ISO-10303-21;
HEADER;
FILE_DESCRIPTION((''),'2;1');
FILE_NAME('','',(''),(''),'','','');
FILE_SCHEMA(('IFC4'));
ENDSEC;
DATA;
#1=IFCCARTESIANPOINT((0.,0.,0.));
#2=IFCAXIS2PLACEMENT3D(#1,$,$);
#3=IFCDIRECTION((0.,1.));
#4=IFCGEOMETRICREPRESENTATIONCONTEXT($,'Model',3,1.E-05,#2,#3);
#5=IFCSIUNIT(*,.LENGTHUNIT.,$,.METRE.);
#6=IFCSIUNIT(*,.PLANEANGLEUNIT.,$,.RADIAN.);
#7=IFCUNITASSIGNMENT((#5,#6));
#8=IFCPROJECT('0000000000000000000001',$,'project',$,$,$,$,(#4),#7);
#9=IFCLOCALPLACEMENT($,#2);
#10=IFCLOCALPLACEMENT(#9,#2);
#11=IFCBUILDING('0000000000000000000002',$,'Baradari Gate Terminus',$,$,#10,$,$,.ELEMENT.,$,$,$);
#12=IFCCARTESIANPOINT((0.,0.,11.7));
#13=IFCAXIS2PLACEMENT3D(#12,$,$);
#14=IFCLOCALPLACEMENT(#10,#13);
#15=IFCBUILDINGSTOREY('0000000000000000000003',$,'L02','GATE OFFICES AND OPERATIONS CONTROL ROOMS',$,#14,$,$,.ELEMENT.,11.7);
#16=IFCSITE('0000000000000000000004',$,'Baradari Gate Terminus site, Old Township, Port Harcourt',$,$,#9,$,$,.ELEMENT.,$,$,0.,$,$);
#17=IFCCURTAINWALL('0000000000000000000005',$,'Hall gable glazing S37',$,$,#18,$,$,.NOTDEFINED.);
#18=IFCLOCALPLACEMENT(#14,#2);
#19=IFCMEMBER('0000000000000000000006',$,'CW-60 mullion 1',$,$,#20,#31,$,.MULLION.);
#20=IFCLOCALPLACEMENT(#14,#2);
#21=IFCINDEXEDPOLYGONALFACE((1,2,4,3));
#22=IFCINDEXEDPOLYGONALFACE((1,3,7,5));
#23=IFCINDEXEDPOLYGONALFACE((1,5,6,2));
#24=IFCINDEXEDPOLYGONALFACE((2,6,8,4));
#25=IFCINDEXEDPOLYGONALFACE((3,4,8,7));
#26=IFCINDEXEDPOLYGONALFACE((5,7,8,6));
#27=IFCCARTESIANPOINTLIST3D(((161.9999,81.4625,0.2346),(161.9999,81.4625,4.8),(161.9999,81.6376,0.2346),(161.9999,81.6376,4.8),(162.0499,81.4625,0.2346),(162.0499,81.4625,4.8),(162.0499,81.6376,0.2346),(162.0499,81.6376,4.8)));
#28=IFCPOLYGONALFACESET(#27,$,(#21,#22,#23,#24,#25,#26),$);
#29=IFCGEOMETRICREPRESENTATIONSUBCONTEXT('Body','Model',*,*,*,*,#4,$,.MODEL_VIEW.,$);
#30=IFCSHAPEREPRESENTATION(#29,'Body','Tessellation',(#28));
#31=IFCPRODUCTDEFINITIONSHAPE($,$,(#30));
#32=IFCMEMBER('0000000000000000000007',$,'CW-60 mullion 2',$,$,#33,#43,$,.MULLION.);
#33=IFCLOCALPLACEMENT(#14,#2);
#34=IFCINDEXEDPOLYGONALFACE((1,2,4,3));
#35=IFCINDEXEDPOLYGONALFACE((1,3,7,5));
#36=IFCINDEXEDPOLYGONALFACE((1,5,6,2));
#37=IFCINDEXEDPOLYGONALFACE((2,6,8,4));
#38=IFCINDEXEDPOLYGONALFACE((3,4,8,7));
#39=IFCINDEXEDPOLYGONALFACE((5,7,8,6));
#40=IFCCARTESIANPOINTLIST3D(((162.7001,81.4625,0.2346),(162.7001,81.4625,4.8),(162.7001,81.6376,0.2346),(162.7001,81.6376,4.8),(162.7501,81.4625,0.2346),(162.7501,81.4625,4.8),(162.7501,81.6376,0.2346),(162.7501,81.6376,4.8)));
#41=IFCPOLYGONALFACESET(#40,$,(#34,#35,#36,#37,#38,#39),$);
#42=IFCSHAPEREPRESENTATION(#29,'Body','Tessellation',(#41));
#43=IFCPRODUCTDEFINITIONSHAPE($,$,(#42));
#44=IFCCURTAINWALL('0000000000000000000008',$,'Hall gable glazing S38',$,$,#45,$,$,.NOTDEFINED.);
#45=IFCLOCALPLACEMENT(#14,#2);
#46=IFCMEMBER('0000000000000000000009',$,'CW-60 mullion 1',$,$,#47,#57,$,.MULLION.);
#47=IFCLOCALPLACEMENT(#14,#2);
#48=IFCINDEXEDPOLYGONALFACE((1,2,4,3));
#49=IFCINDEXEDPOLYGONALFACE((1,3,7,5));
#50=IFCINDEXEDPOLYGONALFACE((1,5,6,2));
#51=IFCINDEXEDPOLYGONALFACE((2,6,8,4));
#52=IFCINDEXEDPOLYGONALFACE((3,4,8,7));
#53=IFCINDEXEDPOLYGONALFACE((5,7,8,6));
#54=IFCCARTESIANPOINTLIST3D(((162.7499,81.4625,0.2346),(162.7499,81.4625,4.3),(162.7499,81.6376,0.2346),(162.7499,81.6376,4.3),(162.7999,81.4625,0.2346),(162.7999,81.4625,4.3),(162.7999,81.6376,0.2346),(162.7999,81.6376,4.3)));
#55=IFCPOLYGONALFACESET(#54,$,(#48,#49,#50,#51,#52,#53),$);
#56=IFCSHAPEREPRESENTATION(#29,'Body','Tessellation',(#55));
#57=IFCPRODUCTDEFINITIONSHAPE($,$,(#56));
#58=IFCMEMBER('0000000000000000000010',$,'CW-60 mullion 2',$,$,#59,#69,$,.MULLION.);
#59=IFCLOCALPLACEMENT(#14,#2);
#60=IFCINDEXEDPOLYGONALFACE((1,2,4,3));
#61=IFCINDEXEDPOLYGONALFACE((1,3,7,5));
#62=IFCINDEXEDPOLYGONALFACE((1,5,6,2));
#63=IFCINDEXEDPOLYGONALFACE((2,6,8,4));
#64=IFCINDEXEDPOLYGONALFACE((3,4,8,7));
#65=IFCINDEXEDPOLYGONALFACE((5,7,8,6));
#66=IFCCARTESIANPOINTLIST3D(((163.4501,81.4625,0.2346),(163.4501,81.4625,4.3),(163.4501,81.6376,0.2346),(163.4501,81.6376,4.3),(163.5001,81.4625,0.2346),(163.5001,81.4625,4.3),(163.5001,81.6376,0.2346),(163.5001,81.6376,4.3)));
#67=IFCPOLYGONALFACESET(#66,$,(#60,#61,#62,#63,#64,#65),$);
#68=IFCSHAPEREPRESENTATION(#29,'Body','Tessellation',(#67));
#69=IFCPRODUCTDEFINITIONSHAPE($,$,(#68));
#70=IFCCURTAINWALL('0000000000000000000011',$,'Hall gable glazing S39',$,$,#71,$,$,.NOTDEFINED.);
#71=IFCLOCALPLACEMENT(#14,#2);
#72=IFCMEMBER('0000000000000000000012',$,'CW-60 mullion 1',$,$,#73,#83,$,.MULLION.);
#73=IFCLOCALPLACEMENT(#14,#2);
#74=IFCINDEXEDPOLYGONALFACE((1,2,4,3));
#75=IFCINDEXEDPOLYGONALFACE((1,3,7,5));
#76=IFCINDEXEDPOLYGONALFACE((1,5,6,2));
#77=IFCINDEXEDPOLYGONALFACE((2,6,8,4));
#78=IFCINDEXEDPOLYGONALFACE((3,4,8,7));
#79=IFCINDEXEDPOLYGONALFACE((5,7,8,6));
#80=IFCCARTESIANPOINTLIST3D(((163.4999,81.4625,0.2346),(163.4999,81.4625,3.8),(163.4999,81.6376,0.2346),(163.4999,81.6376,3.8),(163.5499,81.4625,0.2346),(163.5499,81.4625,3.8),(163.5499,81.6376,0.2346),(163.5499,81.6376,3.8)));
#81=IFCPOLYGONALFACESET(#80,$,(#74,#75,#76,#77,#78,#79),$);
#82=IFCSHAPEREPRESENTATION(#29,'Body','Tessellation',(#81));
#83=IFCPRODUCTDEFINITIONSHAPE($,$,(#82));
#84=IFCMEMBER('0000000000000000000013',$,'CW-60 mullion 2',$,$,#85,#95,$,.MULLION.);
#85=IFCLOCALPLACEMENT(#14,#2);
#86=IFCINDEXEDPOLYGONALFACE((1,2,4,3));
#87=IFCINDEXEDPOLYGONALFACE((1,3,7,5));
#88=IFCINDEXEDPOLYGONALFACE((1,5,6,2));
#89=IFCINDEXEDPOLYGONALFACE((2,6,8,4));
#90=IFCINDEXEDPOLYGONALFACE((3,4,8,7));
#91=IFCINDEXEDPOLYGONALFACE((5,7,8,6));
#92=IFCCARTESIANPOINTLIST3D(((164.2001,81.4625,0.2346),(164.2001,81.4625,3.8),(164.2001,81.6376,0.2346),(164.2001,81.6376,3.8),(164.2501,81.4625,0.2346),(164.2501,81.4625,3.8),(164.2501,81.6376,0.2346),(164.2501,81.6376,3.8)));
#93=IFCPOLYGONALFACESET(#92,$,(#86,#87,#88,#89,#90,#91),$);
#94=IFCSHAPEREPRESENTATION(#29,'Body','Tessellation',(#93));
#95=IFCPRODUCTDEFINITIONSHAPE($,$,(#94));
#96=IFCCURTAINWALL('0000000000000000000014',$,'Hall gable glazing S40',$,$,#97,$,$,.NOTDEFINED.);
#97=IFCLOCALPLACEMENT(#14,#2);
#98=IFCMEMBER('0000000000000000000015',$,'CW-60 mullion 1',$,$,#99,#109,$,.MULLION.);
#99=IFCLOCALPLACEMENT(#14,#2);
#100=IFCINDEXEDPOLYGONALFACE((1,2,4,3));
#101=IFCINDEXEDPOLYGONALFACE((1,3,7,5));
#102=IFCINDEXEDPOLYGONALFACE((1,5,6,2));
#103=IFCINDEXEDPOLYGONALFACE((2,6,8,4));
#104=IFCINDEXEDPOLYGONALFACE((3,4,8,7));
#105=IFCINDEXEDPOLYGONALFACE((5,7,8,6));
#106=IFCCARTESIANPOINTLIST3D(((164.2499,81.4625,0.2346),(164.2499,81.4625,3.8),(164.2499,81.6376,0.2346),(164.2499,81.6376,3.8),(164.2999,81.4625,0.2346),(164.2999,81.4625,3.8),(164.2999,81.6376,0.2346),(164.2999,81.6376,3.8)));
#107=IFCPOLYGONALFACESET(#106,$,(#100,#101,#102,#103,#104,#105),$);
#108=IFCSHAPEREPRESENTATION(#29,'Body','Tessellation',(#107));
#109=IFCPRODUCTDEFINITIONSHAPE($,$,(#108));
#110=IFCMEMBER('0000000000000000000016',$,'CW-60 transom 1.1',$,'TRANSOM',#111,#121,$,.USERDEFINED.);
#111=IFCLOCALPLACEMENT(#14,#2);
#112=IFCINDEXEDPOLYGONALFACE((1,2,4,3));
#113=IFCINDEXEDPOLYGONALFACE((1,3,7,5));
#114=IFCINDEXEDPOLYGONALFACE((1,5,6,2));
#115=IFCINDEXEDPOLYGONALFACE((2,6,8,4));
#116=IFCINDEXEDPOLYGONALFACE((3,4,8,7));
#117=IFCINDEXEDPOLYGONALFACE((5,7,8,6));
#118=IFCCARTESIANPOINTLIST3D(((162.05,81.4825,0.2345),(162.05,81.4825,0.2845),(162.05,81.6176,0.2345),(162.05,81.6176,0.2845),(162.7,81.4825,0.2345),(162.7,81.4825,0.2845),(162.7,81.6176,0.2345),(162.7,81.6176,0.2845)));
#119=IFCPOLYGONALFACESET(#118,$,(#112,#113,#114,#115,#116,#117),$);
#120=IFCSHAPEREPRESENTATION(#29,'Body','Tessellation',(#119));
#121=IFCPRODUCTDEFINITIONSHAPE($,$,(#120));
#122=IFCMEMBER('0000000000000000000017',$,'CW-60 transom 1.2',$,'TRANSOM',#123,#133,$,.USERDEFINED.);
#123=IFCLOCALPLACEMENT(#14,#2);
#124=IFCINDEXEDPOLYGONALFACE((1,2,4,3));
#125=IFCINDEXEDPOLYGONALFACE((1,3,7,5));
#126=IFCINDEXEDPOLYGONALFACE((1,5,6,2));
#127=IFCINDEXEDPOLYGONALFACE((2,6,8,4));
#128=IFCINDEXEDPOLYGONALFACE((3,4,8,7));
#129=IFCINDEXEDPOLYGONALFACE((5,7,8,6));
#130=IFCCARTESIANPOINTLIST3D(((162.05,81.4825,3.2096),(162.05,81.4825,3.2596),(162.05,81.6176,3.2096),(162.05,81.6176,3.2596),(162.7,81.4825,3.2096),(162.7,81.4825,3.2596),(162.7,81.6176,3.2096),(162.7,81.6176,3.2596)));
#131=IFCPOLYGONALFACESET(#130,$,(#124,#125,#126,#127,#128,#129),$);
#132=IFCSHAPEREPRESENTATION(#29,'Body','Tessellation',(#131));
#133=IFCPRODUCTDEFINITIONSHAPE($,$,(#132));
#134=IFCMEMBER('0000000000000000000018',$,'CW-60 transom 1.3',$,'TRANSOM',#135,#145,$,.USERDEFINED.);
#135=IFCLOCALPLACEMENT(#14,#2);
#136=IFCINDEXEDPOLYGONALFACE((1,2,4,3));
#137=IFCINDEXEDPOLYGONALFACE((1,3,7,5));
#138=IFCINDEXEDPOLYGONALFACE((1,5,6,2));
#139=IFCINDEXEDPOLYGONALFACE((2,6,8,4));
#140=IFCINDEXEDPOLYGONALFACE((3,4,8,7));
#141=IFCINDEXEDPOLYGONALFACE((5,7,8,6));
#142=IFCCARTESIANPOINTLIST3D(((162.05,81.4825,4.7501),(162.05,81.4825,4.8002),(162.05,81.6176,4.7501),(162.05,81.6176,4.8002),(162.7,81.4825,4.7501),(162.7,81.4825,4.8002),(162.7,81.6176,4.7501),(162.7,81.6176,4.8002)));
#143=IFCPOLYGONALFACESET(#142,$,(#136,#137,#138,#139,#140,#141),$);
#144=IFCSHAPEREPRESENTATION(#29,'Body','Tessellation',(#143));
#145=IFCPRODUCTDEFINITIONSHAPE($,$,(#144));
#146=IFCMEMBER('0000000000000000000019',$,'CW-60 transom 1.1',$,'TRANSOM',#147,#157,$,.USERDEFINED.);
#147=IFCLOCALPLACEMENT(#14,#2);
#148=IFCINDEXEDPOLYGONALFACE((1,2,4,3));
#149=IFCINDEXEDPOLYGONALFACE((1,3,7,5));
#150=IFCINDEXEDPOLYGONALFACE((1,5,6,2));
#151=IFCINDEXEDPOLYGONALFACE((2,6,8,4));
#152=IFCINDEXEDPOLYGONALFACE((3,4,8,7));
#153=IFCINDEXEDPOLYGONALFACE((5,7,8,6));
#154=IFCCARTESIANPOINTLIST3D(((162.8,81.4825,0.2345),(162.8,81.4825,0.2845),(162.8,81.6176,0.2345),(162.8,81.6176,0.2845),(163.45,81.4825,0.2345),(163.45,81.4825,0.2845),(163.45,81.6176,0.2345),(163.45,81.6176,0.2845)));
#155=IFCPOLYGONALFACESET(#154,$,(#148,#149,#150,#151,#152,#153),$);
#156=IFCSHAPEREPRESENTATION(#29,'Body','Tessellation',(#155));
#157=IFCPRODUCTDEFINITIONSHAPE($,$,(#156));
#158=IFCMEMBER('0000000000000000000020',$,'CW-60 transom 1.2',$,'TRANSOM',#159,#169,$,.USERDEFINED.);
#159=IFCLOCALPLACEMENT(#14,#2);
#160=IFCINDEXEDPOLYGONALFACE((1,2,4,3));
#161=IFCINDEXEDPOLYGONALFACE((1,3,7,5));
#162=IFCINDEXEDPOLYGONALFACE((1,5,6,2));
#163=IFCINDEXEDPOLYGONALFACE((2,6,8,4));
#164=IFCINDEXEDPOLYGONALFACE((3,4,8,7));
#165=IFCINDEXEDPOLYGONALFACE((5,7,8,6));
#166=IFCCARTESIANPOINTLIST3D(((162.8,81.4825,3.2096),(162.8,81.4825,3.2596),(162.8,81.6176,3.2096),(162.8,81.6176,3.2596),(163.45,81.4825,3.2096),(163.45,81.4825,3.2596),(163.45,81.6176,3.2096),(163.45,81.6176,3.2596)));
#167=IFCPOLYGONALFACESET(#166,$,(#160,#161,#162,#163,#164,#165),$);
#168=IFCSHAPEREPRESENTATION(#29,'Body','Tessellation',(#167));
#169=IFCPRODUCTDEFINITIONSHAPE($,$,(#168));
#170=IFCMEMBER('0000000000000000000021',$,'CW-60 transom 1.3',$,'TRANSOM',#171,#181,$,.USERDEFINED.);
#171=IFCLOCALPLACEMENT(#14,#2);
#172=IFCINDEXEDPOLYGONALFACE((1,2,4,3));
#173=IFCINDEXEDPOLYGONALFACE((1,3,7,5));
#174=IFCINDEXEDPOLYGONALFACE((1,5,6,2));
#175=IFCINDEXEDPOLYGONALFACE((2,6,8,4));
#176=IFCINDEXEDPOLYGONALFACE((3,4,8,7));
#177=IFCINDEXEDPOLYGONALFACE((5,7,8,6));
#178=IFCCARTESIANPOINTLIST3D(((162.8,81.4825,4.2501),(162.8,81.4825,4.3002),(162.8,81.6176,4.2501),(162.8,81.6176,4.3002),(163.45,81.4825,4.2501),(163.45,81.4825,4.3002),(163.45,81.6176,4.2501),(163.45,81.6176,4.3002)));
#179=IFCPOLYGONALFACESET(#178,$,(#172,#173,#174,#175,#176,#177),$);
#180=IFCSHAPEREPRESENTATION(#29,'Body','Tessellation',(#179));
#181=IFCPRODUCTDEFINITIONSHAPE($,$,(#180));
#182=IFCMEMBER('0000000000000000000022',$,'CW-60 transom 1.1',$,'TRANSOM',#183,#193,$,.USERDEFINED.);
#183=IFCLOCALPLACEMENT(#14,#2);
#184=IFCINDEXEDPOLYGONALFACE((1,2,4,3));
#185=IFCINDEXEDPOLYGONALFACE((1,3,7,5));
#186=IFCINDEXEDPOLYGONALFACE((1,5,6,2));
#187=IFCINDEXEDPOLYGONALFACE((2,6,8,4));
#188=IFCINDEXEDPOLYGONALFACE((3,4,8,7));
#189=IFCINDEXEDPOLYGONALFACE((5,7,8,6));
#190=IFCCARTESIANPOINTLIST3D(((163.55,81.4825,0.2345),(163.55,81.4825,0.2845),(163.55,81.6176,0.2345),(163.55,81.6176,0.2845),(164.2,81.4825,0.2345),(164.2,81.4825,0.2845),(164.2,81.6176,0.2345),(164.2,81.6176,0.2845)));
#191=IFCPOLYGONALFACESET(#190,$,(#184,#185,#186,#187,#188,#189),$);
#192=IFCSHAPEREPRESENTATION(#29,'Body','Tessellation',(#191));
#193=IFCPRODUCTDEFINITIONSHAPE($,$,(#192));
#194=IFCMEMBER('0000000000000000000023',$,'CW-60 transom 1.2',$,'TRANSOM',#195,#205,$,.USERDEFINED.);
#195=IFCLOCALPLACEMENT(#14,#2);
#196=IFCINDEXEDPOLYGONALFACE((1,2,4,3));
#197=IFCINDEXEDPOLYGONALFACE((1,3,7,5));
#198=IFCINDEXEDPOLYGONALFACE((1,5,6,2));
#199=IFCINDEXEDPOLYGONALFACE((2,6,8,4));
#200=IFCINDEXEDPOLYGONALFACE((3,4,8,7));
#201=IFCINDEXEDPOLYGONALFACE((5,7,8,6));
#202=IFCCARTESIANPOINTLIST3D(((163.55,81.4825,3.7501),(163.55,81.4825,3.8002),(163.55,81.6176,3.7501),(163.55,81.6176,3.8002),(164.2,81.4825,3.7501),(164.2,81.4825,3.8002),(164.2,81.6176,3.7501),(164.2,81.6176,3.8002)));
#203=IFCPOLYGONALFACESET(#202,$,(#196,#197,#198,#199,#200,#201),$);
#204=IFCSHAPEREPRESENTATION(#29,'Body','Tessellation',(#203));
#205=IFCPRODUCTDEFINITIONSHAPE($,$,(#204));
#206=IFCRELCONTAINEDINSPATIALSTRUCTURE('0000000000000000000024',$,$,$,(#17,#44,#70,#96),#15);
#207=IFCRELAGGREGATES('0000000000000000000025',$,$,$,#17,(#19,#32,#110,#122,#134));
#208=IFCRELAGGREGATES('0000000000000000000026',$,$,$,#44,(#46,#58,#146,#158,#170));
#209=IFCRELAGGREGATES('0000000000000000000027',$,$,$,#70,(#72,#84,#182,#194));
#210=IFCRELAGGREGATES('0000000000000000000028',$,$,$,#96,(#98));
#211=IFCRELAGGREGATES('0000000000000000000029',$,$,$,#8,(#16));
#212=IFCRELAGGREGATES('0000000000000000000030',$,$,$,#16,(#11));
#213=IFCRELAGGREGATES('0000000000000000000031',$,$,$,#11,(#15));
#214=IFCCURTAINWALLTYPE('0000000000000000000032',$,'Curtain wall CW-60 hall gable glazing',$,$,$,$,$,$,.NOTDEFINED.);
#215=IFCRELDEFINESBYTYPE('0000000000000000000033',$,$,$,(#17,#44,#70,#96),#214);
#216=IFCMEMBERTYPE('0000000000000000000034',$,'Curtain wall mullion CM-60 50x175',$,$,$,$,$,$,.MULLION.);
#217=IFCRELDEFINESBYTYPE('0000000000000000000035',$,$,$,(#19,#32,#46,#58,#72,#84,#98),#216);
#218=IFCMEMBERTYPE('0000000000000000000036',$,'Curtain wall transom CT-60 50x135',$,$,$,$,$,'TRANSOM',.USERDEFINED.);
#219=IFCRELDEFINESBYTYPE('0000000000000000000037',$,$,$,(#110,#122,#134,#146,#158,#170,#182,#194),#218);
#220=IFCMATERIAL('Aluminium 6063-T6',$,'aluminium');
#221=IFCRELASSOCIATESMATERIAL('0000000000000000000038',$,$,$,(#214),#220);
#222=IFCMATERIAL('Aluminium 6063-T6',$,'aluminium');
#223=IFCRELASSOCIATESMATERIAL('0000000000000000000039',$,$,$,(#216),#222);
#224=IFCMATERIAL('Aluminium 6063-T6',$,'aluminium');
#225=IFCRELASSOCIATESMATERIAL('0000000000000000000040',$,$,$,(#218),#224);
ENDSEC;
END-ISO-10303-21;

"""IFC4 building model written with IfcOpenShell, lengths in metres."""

from ifc_helpers import new_model, si_unit, direction, frame, origin, origin_2d, place, context, subcontext, project, spatial, rectangle, extrude, material, material_profile, profile_set, type_object, element, aggregate, save


model = new_model("IFC4")

# Units and contexts
model_context = context("Model", 3, precision=1e-05, world=origin(), true_north=direction((0.0, 1.0)))
body_context = subcontext(model_context, "Body", "Model", "MODEL_VIEW")
ifc_project = project(units=[si_unit("LENGTHUNIT", "METRE"), si_unit("PLANEANGLEUNIT", "RADIAN")], contexts=[model_context])

# Site, building, storey
site_placement = place(None, origin())
site = spatial("IfcSite", under=ifc_project, at=site_placement, Name="Baradari Gate Terminus site, Old Township, Port Harcourt", CompositionType="ELEMENT", RefElevation=0.0)
building_placement = place(site_placement, origin())
building = spatial("IfcBuilding", under=site, at=building_placement, Name="Baradari Gate Terminus", CompositionType="ELEMENT")
storey_placement = place(building_placement, frame((0.0, 0.0, 11.7)))
storey = spatial("IfcBuildingStorey", under=building, at=storey_placement, Name="L02", Description="GATE OFFICES AND OPERATIONS CONTROL ROOMS", CompositionType="ELEMENT", Elevation=11.7)

# Curtain walls, members
ifc_material_1 = material(Name="Aluminium 6063-T6", Category="aluminium")
curtain_wall_type = type_object("IfcCurtainWallType", Name="Curtain wall CW-60 hall gable glazing", PredefinedType="NOTDEFINED", material=ifc_material_1)
curtain_wall_1_placement = place(storey_placement, origin())
curtain_wall_1 = element("IfcCurtainWall", 1, at=curtain_wall_1_placement, inside=storey, type_object=curtain_wall_type, Name="Hall gable glazing S37", PredefinedType="NOTDEFINED")
ifc_material_2 = material(Name="Aluminium 6063-T6", Category="aluminium")
ifc_material_profile_1 = material_profile(ifc_material_2, rectangle(XDim=0.175, YDim=0.05, at=origin_2d()), Name="CM-60 50X175")
ifc_profile_set_1 = profile_set([ifc_material_profile_1], Name="Aluminium 6063-T6")
member_type_1 = type_object("IfcMemberType", Name="Curtain wall mullion CM-60 50x175", PredefinedType="MULLION", material=ifc_profile_set_1)
member_1_placement = place(storey_placement, frame((162.0249, 81.55, 0.2346), z_axis=(0.0, 0.0, 1.0), x_axis=(0.0, 1.0, 0.0)))
member_1 = element("IfcMember", 2, at=member_1_placement, type_object=member_type_1, Name="CW-60 mullion 1", PredefinedType="MULLION", context=body_context, shape_type="SweptSolid", body=[
    extrude(rectangle(XDim=0.175, YDim=0.05, at=origin_2d()), origin(), (0.0, 0.0, 1.0), 4.5654),
])
member_2_placement = place(storey_placement, frame((162.7251, 81.55, 0.2346), z_axis=(0.0, 0.0, 1.0), x_axis=(0.0, 1.0, 0.0)))
member_2 = element("IfcMember", 3, at=member_2_placement, type_object=member_type_1, Name="CW-60 mullion 2", PredefinedType="MULLION", context=body_context, shape_type="SweptSolid", body=[
    extrude(rectangle(XDim=0.175, YDim=0.05, at=origin_2d()), origin(), (0.0, 0.0, 1.0), 4.5654),
])
curtain_wall_2_placement = place(storey_placement, origin())
curtain_wall_2 = element("IfcCurtainWall", 4, at=curtain_wall_2_placement, inside=storey, type_object=curtain_wall_type, Name="Hall gable glazing S38", PredefinedType="NOTDEFINED")
member_3_placement = place(storey_placement, frame((162.7749, 81.55, 0.2346), z_axis=(0.0, 0.0, 1.0), x_axis=(0.0, 1.0, 0.0)))
member_3 = element("IfcMember", 5, at=member_3_placement, type_object=member_type_1, Name="CW-60 mullion 1", PredefinedType="MULLION", context=body_context, shape_type="SweptSolid", body=[
    extrude(rectangle(XDim=0.175, YDim=0.05, at=origin_2d()), origin(), (0.0, 0.0, 1.0), 4.0654),
])
member_4_placement = place(storey_placement, frame((163.4751, 81.55, 0.2346), z_axis=(0.0, 0.0, 1.0), x_axis=(0.0, 1.0, 0.0)))
member_4 = element("IfcMember", 6, at=member_4_placement, type_object=member_type_1, Name="CW-60 mullion 2", PredefinedType="MULLION", context=body_context, shape_type="SweptSolid", body=[
    extrude(rectangle(XDim=0.175, YDim=0.05, at=origin_2d()), origin(), (0.0, 0.0, 1.0), 4.0654),
])
curtain_wall_3_placement = place(storey_placement, origin())
curtain_wall_3 = element("IfcCurtainWall", 7, at=curtain_wall_3_placement, inside=storey, type_object=curtain_wall_type, Name="Hall gable glazing S39", PredefinedType="NOTDEFINED")
member_5_placement = place(storey_placement, frame((163.5249, 81.55, 0.2346), z_axis=(0.0, 0.0, 1.0), x_axis=(0.0, 1.0, 0.0)))
member_5 = element("IfcMember", 8, at=member_5_placement, type_object=member_type_1, Name="CW-60 mullion 1", PredefinedType="MULLION", context=body_context, shape_type="SweptSolid", body=[
    extrude(rectangle(XDim=0.175, YDim=0.05, at=origin_2d()), origin(), (0.0, 0.0, 1.0), 3.5654),
])
member_6_placement = place(storey_placement, frame((164.2251, 81.55, 0.2346), z_axis=(0.0, 0.0, 1.0), x_axis=(0.0, 1.0, 0.0)))
member_6 = element("IfcMember", 9, at=member_6_placement, type_object=member_type_1, Name="CW-60 mullion 2", PredefinedType="MULLION", context=body_context, shape_type="SweptSolid", body=[
    extrude(rectangle(XDim=0.175, YDim=0.05, at=origin_2d()), origin(), (0.0, 0.0, 1.0), 3.5654),
])

# Curtain wall, member
curtain_wall_4_placement = place(storey_placement, origin())
curtain_wall_4 = element("IfcCurtainWall", 10, at=curtain_wall_4_placement, inside=storey, type_object=curtain_wall_type, Name="Hall gable glazing S40", PredefinedType="NOTDEFINED")
member_7_placement = place(storey_placement, frame((164.2749, 81.55, 0.2346), z_axis=(0.0, 0.0, 1.0), x_axis=(0.0, 1.0, 0.0)))
member_7 = element("IfcMember", 11, at=member_7_placement, type_object=member_type_1, Name="CW-60 mullion 1", PredefinedType="MULLION", context=body_context, shape_type="SweptSolid", body=[
    extrude(rectangle(XDim=0.175, YDim=0.05, at=origin_2d()), origin(), (0.0, 0.0, 1.0), 3.5654),
])

# Members
ifc_material_3 = material(Name="Aluminium 6063-T6", Category="aluminium")
ifc_material_profile_2 = material_profile(ifc_material_3, rectangle(XDim=0.135, YDim=0.05, at=origin_2d()), Name="CT-60 50X135")
ifc_profile_set_2 = profile_set([ifc_material_profile_2], Name="Aluminium 6063-T6")
member_type_2 = type_object("IfcMemberType", Name="Curtain wall transom CT-60 50x135", ElementType="TRANSOM", PredefinedType="USERDEFINED", material=ifc_profile_set_2)
member_8_placement = place(storey_placement, frame((162.05, 81.55, 0.2595), z_axis=(1.0, 0.0, 0.0), x_axis=(0.0, 1.0, 0.0)))
member_8 = element("IfcMember", 12, at=member_8_placement, type_object=member_type_2, Name="CW-60 transom 1.1", ObjectType="TRANSOM", PredefinedType="USERDEFINED", context=body_context, shape_type="SweptSolid", body=[
    extrude(rectangle(XDim=0.135, YDim=0.05, at=origin_2d()), origin(), (0.0, 0.0, 1.0), 0.6499),
])
member_9_placement = place(storey_placement, frame((162.05, 81.55, 3.2346), z_axis=(1.0, 0.0, 0.0), x_axis=(0.0, 1.0, 0.0)))
member_9 = element("IfcMember", 13, at=member_9_placement, type_object=member_type_2, Name="CW-60 transom 1.2", ObjectType="TRANSOM", PredefinedType="USERDEFINED", context=body_context, shape_type="SweptSolid", body=[
    extrude(rectangle(XDim=0.135, YDim=0.05, at=origin_2d()), origin(), (0.0, 0.0, 1.0), 0.6499),
])
member_10_placement = place(storey_placement, frame((162.05, 81.55, 4.7751), z_axis=(1.0, 0.0, 0.0), x_axis=(0.0, 1.0, 0.0)))
member_10 = element("IfcMember", 14, at=member_10_placement, type_object=member_type_2, Name="CW-60 transom 1.3", ObjectType="TRANSOM", PredefinedType="USERDEFINED", context=body_context, shape_type="SweptSolid", body=[
    extrude(rectangle(XDim=0.135, YDim=0.05, at=origin_2d()), origin(), (0.0, 0.0, 1.0), 0.6499),
])
member_11_placement = place(storey_placement, frame((162.8, 81.55, 0.2595), z_axis=(1.0, 0.0, 0.0), x_axis=(0.0, 1.0, 0.0)))
member_11 = element("IfcMember", 15, at=member_11_placement, type_object=member_type_2, Name="CW-60 transom 1.1", ObjectType="TRANSOM", PredefinedType="USERDEFINED", context=body_context, shape_type="SweptSolid", body=[
    extrude(rectangle(XDim=0.135, YDim=0.05, at=origin_2d()), origin(), (0.0, 0.0, 1.0), 0.6499),
])
member_12_placement = place(storey_placement, frame((162.8, 81.55, 3.2346), z_axis=(1.0, 0.0, 0.0), x_axis=(0.0, 1.0, 0.0)))
member_12 = element("IfcMember", 16, at=member_12_placement, type_object=member_type_2, Name="CW-60 transom 1.2", ObjectType="TRANSOM", PredefinedType="USERDEFINED", context=body_context, shape_type="SweptSolid", body=[
    extrude(rectangle(XDim=0.135, YDim=0.05, at=origin_2d()), origin(), (0.0, 0.0, 1.0), 0.6499),
])
member_13_placement = place(storey_placement, frame((162.8, 81.55, 4.2751), z_axis=(1.0, 0.0, 0.0), x_axis=(0.0, 1.0, 0.0)))
member_13 = element("IfcMember", 17, at=member_13_placement, type_object=member_type_2, Name="CW-60 transom 1.3", ObjectType="TRANSOM", PredefinedType="USERDEFINED", context=body_context, shape_type="SweptSolid", body=[
    extrude(rectangle(XDim=0.135, YDim=0.05, at=origin_2d()), origin(), (0.0, 0.0, 1.0), 0.6499),
])
member_14_placement = place(storey_placement, frame((163.55, 81.55, 0.2595), z_axis=(1.0, 0.0, 0.0), x_axis=(0.0, 1.0, 0.0)))
member_14 = element("IfcMember", 18, at=member_14_placement, type_object=member_type_2, Name="CW-60 transom 1.1", ObjectType="TRANSOM", PredefinedType="USERDEFINED", context=body_context, shape_type="SweptSolid", body=[
    extrude(rectangle(XDim=0.135, YDim=0.05, at=origin_2d()), origin(), (0.0, 0.0, 1.0), 0.6499),
])
member_15_placement = place(storey_placement, frame((163.55, 81.55, 3.7751), z_axis=(1.0, 0.0, 0.0), x_axis=(0.0, 1.0, 0.0)))
member_15 = element("IfcMember", 19, at=member_15_placement, type_object=member_type_2, Name="CW-60 transom 1.2", ObjectType="TRANSOM", PredefinedType="USERDEFINED", context=body_context, shape_type="SweptSolid", body=[
    extrude(rectangle(XDim=0.135, YDim=0.05, at=origin_2d()), origin(), (0.0, 0.0, 1.0), 0.6499),
])

aggregate(curtain_wall_1, [member_1, member_2, member_8, member_9, member_10])
aggregate(curtain_wall_2, [member_3, member_4, member_11, member_12, member_13])
aggregate(curtain_wall_3, [member_5, member_6, member_14, member_15])
aggregate(curtain_wall_4, [member_7])

save(model, "model.ifc")
